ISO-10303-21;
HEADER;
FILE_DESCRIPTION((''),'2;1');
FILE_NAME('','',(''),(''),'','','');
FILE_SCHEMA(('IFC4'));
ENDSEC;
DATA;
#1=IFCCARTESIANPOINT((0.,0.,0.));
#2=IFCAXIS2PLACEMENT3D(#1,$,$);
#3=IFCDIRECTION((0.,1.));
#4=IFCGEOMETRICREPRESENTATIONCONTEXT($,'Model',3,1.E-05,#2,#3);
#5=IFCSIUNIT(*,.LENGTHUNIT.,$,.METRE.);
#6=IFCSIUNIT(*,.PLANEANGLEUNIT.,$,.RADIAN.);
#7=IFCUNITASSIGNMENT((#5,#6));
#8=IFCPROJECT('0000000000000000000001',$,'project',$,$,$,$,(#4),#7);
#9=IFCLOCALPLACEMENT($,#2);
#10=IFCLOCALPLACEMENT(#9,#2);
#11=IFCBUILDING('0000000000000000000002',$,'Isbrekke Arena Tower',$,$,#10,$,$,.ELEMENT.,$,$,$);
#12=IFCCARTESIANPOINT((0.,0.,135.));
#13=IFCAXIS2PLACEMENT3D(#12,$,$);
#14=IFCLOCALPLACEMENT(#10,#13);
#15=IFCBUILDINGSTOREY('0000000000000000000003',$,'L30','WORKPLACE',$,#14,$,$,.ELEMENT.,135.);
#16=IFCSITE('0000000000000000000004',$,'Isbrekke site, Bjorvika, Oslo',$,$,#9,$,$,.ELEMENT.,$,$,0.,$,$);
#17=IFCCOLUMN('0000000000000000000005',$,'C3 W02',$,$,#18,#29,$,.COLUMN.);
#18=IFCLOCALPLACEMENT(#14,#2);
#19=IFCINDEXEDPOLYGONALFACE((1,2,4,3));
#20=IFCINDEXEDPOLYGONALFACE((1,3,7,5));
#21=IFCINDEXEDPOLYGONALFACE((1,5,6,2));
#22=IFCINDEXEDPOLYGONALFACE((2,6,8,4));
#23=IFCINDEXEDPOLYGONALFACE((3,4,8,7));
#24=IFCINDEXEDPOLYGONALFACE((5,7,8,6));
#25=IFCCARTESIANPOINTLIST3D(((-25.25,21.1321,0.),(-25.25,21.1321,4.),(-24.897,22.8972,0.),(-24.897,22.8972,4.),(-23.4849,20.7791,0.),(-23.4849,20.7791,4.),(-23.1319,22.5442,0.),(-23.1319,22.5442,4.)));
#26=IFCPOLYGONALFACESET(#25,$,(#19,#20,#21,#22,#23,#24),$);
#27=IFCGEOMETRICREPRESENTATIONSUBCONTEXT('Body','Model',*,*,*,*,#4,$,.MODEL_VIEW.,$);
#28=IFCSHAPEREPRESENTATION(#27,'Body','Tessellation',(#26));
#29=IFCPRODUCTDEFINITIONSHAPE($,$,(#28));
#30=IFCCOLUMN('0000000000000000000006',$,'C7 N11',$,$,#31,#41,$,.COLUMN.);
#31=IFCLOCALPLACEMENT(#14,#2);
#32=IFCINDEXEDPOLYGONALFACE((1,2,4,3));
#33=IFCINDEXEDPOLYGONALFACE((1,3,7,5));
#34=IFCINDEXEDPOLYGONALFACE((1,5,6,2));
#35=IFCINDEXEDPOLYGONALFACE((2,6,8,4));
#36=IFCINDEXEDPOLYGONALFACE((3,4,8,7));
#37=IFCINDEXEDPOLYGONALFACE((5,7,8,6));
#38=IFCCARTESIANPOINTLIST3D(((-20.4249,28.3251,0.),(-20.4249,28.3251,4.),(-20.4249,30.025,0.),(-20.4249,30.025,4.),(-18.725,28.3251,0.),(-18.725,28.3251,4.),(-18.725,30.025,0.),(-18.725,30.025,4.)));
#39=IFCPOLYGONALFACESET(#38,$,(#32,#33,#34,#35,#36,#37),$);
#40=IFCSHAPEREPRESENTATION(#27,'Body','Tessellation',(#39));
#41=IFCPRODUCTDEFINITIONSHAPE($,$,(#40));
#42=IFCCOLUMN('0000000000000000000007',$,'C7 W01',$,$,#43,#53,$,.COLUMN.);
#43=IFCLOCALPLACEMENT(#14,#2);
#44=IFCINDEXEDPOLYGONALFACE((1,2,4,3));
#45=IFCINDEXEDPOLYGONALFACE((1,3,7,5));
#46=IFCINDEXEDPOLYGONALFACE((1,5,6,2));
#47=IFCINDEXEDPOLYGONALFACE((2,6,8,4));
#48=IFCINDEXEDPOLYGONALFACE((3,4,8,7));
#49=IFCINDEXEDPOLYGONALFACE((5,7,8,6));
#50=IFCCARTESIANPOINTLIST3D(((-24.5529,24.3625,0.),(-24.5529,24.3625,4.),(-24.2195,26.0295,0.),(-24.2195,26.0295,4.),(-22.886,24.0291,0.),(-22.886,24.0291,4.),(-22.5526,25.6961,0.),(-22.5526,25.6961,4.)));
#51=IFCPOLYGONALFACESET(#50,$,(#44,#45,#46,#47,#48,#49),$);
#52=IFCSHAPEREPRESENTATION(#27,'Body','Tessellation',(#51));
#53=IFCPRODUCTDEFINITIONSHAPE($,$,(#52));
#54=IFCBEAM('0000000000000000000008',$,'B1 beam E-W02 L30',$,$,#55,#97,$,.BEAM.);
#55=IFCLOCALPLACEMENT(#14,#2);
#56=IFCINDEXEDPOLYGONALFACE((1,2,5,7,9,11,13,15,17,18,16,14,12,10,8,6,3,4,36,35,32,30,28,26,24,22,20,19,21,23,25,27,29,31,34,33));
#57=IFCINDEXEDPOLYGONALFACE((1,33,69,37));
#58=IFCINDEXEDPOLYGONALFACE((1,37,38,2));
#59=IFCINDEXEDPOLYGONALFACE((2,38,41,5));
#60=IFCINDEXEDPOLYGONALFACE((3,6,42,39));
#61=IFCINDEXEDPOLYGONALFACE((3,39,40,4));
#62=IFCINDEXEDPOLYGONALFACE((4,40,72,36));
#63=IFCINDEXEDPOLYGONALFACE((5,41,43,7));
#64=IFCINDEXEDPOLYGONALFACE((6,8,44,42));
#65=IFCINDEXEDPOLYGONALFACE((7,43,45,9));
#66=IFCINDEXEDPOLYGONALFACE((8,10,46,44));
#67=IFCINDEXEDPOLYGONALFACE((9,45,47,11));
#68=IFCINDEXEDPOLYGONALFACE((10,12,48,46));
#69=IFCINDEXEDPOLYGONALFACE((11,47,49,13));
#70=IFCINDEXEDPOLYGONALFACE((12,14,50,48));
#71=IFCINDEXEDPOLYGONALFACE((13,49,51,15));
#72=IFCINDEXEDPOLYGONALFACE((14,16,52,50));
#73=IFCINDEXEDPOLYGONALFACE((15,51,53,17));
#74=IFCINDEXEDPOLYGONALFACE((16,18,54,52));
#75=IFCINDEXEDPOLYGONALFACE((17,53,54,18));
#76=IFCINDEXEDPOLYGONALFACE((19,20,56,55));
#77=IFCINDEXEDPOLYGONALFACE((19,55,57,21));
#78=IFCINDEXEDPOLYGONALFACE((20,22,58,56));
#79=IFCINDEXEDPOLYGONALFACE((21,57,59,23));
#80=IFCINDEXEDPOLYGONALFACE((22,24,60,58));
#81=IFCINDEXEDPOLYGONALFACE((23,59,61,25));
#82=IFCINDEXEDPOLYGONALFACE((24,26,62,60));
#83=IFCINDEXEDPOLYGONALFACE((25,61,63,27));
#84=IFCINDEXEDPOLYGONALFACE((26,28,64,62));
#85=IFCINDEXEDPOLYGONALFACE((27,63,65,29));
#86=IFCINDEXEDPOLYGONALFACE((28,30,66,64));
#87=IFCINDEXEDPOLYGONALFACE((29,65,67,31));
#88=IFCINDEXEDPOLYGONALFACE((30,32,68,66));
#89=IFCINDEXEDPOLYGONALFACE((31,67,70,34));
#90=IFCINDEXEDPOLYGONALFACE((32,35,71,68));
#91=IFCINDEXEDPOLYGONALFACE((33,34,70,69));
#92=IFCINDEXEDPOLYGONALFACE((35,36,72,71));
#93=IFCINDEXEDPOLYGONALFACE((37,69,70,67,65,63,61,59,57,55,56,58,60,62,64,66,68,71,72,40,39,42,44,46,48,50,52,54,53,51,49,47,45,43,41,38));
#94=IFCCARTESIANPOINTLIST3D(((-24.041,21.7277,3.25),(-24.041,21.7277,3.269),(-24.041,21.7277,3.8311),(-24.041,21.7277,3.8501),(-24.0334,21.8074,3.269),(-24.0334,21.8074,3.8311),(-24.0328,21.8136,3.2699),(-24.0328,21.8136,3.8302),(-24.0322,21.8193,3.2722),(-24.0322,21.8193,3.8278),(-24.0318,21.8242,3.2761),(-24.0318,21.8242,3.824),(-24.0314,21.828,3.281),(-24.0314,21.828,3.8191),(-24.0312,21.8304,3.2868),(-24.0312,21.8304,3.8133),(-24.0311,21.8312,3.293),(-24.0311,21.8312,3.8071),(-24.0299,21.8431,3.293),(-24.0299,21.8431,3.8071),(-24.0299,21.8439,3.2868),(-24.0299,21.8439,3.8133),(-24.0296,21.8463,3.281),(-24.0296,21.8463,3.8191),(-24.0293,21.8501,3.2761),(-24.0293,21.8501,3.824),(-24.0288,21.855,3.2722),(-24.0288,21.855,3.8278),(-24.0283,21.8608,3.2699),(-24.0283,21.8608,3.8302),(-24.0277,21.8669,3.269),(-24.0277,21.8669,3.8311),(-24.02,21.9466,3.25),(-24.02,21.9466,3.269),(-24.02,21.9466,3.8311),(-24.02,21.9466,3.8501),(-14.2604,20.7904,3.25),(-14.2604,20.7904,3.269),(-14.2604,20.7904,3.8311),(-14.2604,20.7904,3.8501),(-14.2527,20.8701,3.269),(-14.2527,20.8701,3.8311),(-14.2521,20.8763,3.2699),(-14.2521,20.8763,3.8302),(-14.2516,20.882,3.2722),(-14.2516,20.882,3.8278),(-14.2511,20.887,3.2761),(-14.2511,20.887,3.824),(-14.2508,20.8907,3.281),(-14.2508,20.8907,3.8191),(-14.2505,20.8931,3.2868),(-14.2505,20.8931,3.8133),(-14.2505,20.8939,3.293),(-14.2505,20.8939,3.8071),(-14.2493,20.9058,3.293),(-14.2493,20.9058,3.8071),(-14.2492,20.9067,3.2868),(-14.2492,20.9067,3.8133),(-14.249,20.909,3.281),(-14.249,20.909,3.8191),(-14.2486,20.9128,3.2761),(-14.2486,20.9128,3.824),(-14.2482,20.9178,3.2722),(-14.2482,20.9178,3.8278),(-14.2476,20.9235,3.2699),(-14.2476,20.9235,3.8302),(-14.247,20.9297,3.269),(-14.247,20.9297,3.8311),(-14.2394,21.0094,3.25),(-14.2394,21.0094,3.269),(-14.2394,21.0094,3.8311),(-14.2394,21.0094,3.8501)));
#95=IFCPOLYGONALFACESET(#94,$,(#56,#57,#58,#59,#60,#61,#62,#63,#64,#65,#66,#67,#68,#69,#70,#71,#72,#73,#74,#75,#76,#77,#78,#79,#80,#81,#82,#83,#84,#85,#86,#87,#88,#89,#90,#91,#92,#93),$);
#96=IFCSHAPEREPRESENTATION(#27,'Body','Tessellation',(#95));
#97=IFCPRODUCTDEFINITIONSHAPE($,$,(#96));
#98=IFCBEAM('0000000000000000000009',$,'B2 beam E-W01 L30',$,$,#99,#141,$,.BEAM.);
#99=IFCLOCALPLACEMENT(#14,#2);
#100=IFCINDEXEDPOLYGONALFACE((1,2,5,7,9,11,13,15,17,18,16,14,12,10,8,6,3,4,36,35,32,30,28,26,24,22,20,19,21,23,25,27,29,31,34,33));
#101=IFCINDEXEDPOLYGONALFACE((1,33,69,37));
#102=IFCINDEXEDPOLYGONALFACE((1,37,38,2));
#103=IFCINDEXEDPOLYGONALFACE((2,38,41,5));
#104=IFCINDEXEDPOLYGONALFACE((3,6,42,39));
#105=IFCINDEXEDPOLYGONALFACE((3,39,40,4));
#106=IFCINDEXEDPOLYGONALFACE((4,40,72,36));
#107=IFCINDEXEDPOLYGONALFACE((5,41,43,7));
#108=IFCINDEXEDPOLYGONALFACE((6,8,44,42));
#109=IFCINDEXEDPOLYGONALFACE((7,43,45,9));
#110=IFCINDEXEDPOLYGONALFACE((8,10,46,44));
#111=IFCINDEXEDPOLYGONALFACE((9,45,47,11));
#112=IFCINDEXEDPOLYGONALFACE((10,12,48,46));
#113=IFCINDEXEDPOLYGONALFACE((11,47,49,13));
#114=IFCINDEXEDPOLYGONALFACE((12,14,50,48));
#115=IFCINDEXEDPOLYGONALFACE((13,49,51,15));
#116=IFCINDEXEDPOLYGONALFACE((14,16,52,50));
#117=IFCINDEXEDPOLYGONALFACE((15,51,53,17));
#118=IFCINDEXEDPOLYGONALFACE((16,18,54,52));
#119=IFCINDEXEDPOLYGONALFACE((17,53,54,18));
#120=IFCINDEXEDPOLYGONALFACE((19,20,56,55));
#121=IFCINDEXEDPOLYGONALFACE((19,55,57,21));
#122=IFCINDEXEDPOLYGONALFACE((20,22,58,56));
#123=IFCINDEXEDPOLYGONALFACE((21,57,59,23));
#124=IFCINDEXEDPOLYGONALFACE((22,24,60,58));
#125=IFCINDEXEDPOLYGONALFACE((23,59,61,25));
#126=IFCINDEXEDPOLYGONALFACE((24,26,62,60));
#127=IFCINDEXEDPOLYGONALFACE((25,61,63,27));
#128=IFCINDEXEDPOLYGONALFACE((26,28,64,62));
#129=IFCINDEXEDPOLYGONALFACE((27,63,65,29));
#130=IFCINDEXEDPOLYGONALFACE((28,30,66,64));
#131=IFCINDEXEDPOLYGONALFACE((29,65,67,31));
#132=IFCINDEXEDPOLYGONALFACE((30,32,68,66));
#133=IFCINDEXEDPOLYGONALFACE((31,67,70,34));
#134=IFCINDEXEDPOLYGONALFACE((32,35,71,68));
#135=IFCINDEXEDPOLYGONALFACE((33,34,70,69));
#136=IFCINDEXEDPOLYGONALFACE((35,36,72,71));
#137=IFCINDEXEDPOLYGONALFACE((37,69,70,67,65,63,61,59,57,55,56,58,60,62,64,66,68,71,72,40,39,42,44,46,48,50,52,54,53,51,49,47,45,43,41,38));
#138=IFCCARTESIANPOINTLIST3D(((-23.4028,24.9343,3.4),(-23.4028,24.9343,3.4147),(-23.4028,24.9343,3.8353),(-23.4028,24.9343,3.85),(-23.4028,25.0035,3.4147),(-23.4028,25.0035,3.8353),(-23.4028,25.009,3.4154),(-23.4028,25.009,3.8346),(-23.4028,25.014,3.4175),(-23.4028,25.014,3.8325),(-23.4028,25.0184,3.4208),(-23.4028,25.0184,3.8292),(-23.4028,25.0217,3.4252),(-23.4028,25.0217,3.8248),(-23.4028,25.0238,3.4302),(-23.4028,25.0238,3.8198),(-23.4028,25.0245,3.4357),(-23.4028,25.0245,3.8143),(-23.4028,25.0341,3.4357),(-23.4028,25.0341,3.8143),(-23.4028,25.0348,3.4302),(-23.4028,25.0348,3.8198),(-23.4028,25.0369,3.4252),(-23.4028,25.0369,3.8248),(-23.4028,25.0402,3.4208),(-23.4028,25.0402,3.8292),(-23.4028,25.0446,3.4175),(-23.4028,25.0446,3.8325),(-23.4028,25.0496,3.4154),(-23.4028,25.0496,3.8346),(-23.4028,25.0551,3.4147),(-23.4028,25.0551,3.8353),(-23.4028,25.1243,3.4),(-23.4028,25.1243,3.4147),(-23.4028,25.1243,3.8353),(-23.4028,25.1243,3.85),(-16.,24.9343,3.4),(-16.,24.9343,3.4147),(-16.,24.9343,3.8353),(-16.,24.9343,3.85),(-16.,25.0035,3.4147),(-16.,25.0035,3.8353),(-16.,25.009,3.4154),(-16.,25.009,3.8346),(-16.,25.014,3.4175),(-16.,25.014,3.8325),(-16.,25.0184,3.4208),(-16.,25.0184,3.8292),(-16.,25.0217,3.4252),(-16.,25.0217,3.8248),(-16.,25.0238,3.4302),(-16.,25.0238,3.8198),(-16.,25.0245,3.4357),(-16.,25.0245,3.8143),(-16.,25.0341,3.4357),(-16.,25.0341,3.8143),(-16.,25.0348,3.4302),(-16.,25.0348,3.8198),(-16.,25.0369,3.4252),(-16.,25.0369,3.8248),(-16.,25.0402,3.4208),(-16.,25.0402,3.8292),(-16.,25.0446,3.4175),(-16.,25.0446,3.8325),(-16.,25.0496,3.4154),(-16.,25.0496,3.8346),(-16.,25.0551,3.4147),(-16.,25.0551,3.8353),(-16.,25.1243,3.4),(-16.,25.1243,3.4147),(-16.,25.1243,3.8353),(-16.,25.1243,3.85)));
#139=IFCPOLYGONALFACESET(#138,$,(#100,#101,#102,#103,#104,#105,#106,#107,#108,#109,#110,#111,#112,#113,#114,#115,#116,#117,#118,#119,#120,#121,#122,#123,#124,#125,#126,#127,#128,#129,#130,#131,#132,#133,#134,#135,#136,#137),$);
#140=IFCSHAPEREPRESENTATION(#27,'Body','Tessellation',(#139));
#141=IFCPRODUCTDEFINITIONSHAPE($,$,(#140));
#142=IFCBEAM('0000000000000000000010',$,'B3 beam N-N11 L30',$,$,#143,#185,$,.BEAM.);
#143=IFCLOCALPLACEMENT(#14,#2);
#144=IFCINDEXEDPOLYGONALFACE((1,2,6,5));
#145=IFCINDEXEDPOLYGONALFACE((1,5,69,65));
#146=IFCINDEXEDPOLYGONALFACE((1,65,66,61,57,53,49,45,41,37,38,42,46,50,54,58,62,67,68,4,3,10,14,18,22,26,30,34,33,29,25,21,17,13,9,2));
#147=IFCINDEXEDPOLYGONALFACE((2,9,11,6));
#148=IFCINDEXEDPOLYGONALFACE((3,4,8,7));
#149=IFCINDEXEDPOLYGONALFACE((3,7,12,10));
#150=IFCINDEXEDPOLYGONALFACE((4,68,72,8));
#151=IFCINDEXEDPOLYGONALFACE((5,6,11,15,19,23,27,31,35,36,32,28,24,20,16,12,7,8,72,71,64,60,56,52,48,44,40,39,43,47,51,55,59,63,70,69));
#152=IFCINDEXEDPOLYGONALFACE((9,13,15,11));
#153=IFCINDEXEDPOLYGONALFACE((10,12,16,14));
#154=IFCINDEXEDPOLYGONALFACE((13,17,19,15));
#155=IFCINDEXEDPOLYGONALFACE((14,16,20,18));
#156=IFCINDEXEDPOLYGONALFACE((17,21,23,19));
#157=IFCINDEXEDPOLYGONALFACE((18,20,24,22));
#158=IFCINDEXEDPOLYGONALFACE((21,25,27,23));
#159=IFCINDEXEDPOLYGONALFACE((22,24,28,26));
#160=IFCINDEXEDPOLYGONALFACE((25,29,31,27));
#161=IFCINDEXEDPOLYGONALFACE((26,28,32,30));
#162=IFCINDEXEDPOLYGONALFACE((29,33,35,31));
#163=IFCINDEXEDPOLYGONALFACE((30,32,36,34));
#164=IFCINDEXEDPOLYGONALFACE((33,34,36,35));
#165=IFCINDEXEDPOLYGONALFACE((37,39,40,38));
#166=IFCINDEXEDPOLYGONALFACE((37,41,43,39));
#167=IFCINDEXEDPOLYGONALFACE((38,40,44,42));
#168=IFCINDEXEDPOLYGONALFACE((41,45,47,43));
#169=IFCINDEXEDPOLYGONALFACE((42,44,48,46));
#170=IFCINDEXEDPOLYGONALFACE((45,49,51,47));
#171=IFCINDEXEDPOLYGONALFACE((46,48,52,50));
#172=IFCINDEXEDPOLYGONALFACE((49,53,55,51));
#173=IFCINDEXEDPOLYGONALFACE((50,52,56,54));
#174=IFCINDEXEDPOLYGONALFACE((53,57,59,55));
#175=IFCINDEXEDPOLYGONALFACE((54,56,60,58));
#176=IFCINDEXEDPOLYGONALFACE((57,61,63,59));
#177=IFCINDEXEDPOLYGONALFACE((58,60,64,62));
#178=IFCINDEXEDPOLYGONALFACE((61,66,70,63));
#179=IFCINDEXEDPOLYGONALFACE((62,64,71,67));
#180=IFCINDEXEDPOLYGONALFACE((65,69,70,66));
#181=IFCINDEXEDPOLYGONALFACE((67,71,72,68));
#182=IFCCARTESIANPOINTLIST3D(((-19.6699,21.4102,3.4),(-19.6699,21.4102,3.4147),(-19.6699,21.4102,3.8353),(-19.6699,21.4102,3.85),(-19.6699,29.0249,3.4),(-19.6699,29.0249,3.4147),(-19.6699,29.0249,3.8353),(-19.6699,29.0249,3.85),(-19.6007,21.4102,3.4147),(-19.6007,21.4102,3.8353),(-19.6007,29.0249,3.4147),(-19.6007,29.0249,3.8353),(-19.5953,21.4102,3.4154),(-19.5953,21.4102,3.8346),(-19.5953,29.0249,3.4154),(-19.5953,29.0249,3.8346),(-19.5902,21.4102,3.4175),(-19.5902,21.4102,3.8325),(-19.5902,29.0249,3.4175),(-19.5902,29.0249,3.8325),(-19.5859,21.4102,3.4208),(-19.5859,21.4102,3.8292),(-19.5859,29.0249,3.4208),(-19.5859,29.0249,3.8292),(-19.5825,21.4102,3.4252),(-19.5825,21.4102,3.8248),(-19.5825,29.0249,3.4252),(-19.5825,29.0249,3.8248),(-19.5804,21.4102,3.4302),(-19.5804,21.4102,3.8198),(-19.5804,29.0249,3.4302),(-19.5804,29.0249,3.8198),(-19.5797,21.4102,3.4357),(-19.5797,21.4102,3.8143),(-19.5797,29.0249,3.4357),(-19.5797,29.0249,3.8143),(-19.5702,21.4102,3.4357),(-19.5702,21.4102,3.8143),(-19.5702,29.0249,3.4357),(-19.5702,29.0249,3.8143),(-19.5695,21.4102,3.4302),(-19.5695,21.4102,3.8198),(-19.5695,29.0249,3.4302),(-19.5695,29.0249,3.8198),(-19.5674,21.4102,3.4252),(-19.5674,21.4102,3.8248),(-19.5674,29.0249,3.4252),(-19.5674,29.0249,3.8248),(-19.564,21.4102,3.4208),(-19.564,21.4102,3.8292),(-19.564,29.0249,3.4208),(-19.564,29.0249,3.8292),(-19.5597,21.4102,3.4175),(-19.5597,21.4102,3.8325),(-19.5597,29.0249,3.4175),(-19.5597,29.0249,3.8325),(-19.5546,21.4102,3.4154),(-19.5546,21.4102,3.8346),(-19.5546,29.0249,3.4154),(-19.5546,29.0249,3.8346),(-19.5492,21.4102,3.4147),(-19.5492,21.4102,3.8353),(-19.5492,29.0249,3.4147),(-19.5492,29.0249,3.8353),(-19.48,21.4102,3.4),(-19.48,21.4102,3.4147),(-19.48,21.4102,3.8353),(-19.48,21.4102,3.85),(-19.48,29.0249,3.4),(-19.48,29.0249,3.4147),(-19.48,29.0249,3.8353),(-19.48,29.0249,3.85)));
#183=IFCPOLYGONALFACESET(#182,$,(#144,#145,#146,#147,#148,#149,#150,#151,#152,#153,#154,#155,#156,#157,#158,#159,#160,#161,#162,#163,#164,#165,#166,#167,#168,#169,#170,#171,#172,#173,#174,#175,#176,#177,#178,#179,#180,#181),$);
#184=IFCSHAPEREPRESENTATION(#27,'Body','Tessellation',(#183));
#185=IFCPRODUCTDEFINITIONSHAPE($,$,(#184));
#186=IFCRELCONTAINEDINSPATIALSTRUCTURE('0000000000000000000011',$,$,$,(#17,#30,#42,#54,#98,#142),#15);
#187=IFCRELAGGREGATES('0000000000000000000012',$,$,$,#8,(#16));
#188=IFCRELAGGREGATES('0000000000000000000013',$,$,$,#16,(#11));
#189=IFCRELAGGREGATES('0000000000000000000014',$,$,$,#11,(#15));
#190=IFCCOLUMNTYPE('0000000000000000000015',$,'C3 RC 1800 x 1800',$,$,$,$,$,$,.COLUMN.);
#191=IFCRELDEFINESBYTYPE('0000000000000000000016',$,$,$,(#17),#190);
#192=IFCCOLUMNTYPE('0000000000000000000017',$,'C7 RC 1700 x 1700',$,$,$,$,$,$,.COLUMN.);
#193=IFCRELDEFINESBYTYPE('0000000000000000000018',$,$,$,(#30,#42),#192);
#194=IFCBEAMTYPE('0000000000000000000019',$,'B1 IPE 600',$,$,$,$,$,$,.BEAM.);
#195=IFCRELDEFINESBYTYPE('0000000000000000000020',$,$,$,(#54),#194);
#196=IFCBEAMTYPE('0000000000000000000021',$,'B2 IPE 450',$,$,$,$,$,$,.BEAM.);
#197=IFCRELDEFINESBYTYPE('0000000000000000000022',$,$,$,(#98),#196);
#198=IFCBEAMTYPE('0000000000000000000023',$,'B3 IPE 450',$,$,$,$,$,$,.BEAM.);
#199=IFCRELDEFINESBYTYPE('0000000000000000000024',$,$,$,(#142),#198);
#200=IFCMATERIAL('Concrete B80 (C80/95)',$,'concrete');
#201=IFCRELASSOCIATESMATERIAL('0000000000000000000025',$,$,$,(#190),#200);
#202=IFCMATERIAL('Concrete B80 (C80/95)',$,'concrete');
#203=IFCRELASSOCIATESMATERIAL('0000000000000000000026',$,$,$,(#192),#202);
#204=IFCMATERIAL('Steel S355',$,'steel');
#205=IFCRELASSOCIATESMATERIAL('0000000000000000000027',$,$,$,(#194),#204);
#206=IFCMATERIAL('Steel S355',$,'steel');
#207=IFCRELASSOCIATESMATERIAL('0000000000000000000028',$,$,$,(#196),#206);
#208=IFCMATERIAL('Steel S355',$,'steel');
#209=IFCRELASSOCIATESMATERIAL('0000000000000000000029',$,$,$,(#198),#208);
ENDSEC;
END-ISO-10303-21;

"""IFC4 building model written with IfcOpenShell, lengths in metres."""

from ifc_helpers import new_model, si_unit, direction, frame, origin, origin_2d, place, context, subcontext, project, spatial, rectangle, i_section, extrude, material, material_profile, profile_set, type_object, element, save


model = new_model("IFC4")

# Units and contexts
model_context = context("Model", 3, precision=1e-05, world=origin(), true_north=direction((0.0, 1.0)))
body_context = subcontext(model_context, "Body", "Model", "MODEL_VIEW")
ifc_project = project(units=[si_unit("LENGTHUNIT", "METRE"), si_unit("PLANEANGLEUNIT", "RADIAN")], contexts=[model_context])

# Site, building, storey
site_placement = place(None, origin())
site = spatial("IfcSite", under=ifc_project, at=site_placement, Name="Isbrekke site, Bjorvika, Oslo", CompositionType="ELEMENT", RefElevation=0.0)
building_placement = place(site_placement, origin())
building = spatial("IfcBuilding", under=site, at=building_placement, Name="Isbrekke Arena Tower", CompositionType="ELEMENT")
storey_placement = place(building_placement, frame((0.0, 0.0, 135.0)))
storey = spatial("IfcBuildingStorey", under=building, at=storey_placement, Name="L30", Description="WORKPLACE", CompositionType="ELEMENT", Elevation=135.0)

# Columns
ifc_material_1 = material(Name="Concrete B80 (C80/95)", Category="concrete")
ifc_material_profile_1 = material_profile(ifc_material_1, rectangle(XDim=1.8, YDim=1.8, at=origin_2d()), Name="RC 1800x1800")
ifc_profile_set_1 = profile_set([ifc_material_profile_1], Name="Concrete B80 (C80/95)")
column_type_1 = type_object("IfcColumnType", Name="C3 RC 1800 x 1800", PredefinedType="COLUMN", material=ifc_profile_set_1)
column_placement = place(storey_placement, frame((-24.1909, 21.8381, 0.0), z_axis=(0.0, 0.0, 1.0), x_axis=(-0.196116, -0.980581, 0.0)))
element("IfcColumn", 1, at=column_placement, inside=storey, type_object=column_type_1, Name="C3 W02", PredefinedType="COLUMN", context=body_context, shape_type="SweptSolid", body=[
    extrude(rectangle(XDim=1.8, YDim=1.8, at=origin_2d()), origin(), (0.0, 0.0, 1.0), 4.0),
])
ifc_material_2 = material(Name="Concrete B80 (C80/95)", Category="concrete")
ifc_material_profile_2 = material_profile(ifc_material_2, rectangle(XDim=1.7, YDim=1.7, at=origin_2d()), Name="RC 1700x1700")
ifc_profile_set_2 = profile_set([ifc_material_profile_2], Name="Concrete B80 (C80/95)")
column_type_2 = type_object("IfcColumnType", Name="C7 RC 1700 x 1700", PredefinedType="COLUMN", material=ifc_profile_set_2)
for number, where, z_axis, x_axis, name in (
    (2, (-19.575, 29.175, 0.0), (0.0, 0.0, 1.0), (-1.0, 0.0, 0.0), "C7 N11"),
    (3, (-23.5527, 25.0293, 0.0), (0.0, 0.0, 1.0), (-0.196116, -0.980581, 0.0), "C7 W01"),
):
    element("IfcColumn", number, at=place(storey_placement, frame(where, z_axis=z_axis, x_axis=x_axis)), inside=storey, type_object=column_type_2, Name=name, PredefinedType="COLUMN", context=body_context, shape_type="SweptSolid", body=[
        extrude(rectangle(XDim=1.7, YDim=1.7, at=origin_2d()), origin(), (0.0, 0.0, 1.0), 4.0),
    ])

# Beams
ifc_material_3 = material(Name="Steel S355", Category="steel")
ifc_material_profile_3 = material_profile(ifc_material_3, i_section(OverallWidth=0.22, OverallDepth=0.6001, WebThickness=0.012, FlangeThickness=0.019, FilletRadius=0.0239, at=origin_2d()), Name="IPE 600")
ifc_profile_set_3 = profile_set([ifc_material_profile_3], Name="Steel S355")
beam_type_1 = type_object("IfcBeamType", Name="B1 IPE 600", PredefinedType="BEAM", material=ifc_profile_set_3)
beam_1_placement = place(storey_placement, frame((-24.0305, 21.8372, 3.55), z_axis=(0.99544, -0.095392, 0.0), x_axis=(0.095392, 0.99544, 0.0)))
element("IfcBeam", 4, at=beam_1_placement, inside=storey, type_object=beam_type_1, Name="B1 beam E-W02 L30", PredefinedType="BEAM", context=body_context, shape_type="SweptSolid", body=[
    extrude(i_section(OverallWidth=0.22, OverallDepth=0.6001, WebThickness=0.012, FlangeThickness=0.019, FilletRadius=0.0239, at=origin_2d()), origin(), (0.0, 0.0, 1.0), 9.8254),
])
ifc_material_4 = material(Name="Steel S355", Category="steel")
ifc_material_profile_4 = material_profile(ifc_material_4, i_section(OverallWidth=0.1899, OverallDepth=0.45, WebThickness=0.0095, FlangeThickness=0.0146, FilletRadius=0.021, at=origin_2d()), Name="IPE 450")
ifc_profile_set_4 = profile_set([ifc_material_profile_4], Name="Steel S355")
beam_type_2 = type_object("IfcBeamType", Name="B2 IPE 450", PredefinedType="BEAM", material=ifc_profile_set_4)
beam_2_placement = place(storey_placement, frame((-23.4028, 25.0293, 3.625), z_axis=(1.0, 0.0, 0.0), x_axis=(0.0, 1.0, 0.0)))
element("IfcBeam", 5, at=beam_2_placement, inside=storey, type_object=beam_type_2, Name="B2 beam E-W01 L30", PredefinedType="BEAM", context=body_context, shape_type="SweptSolid", body=[
    extrude(i_section(OverallWidth=0.1899, OverallDepth=0.45, WebThickness=0.0095, FlangeThickness=0.0146, FilletRadius=0.021, at=origin_2d()), origin(), (0.0, 0.0, 1.0), 7.4028),
])
ifc_material_5 = material(Name="Steel S355", Category="steel")
ifc_material_profile_5 = material_profile(ifc_material_5, i_section(OverallWidth=0.1899, OverallDepth=0.45, WebThickness=0.0095, FlangeThickness=0.0146, FilletRadius=0.021, at=origin_2d()), Name="IPE 450")
ifc_profile_set_5 = profile_set([ifc_material_profile_5], Name="Steel S355")
beam_type_3 = type_object("IfcBeamType", Name="B3 IPE 450", PredefinedType="BEAM", material=ifc_profile_set_5)
beam_3_placement = place(storey_placement, frame((-19.575, 29.0249, 3.625), z_axis=(0.0, -1.0, 0.0), x_axis=(1.0, 0.0, 0.0)))
element("IfcBeam", 6, at=beam_3_placement, inside=storey, type_object=beam_type_3, Name="B3 beam N-N11 L30", PredefinedType="BEAM", context=body_context, shape_type="SweptSolid", body=[
    extrude(i_section(OverallWidth=0.1899, OverallDepth=0.45, WebThickness=0.0095, FlangeThickness=0.0146, FilletRadius=0.021, at=origin_2d()), origin(), (0.0, 0.0, 1.0), 7.6147),
])

save(model, "model.ifc")
